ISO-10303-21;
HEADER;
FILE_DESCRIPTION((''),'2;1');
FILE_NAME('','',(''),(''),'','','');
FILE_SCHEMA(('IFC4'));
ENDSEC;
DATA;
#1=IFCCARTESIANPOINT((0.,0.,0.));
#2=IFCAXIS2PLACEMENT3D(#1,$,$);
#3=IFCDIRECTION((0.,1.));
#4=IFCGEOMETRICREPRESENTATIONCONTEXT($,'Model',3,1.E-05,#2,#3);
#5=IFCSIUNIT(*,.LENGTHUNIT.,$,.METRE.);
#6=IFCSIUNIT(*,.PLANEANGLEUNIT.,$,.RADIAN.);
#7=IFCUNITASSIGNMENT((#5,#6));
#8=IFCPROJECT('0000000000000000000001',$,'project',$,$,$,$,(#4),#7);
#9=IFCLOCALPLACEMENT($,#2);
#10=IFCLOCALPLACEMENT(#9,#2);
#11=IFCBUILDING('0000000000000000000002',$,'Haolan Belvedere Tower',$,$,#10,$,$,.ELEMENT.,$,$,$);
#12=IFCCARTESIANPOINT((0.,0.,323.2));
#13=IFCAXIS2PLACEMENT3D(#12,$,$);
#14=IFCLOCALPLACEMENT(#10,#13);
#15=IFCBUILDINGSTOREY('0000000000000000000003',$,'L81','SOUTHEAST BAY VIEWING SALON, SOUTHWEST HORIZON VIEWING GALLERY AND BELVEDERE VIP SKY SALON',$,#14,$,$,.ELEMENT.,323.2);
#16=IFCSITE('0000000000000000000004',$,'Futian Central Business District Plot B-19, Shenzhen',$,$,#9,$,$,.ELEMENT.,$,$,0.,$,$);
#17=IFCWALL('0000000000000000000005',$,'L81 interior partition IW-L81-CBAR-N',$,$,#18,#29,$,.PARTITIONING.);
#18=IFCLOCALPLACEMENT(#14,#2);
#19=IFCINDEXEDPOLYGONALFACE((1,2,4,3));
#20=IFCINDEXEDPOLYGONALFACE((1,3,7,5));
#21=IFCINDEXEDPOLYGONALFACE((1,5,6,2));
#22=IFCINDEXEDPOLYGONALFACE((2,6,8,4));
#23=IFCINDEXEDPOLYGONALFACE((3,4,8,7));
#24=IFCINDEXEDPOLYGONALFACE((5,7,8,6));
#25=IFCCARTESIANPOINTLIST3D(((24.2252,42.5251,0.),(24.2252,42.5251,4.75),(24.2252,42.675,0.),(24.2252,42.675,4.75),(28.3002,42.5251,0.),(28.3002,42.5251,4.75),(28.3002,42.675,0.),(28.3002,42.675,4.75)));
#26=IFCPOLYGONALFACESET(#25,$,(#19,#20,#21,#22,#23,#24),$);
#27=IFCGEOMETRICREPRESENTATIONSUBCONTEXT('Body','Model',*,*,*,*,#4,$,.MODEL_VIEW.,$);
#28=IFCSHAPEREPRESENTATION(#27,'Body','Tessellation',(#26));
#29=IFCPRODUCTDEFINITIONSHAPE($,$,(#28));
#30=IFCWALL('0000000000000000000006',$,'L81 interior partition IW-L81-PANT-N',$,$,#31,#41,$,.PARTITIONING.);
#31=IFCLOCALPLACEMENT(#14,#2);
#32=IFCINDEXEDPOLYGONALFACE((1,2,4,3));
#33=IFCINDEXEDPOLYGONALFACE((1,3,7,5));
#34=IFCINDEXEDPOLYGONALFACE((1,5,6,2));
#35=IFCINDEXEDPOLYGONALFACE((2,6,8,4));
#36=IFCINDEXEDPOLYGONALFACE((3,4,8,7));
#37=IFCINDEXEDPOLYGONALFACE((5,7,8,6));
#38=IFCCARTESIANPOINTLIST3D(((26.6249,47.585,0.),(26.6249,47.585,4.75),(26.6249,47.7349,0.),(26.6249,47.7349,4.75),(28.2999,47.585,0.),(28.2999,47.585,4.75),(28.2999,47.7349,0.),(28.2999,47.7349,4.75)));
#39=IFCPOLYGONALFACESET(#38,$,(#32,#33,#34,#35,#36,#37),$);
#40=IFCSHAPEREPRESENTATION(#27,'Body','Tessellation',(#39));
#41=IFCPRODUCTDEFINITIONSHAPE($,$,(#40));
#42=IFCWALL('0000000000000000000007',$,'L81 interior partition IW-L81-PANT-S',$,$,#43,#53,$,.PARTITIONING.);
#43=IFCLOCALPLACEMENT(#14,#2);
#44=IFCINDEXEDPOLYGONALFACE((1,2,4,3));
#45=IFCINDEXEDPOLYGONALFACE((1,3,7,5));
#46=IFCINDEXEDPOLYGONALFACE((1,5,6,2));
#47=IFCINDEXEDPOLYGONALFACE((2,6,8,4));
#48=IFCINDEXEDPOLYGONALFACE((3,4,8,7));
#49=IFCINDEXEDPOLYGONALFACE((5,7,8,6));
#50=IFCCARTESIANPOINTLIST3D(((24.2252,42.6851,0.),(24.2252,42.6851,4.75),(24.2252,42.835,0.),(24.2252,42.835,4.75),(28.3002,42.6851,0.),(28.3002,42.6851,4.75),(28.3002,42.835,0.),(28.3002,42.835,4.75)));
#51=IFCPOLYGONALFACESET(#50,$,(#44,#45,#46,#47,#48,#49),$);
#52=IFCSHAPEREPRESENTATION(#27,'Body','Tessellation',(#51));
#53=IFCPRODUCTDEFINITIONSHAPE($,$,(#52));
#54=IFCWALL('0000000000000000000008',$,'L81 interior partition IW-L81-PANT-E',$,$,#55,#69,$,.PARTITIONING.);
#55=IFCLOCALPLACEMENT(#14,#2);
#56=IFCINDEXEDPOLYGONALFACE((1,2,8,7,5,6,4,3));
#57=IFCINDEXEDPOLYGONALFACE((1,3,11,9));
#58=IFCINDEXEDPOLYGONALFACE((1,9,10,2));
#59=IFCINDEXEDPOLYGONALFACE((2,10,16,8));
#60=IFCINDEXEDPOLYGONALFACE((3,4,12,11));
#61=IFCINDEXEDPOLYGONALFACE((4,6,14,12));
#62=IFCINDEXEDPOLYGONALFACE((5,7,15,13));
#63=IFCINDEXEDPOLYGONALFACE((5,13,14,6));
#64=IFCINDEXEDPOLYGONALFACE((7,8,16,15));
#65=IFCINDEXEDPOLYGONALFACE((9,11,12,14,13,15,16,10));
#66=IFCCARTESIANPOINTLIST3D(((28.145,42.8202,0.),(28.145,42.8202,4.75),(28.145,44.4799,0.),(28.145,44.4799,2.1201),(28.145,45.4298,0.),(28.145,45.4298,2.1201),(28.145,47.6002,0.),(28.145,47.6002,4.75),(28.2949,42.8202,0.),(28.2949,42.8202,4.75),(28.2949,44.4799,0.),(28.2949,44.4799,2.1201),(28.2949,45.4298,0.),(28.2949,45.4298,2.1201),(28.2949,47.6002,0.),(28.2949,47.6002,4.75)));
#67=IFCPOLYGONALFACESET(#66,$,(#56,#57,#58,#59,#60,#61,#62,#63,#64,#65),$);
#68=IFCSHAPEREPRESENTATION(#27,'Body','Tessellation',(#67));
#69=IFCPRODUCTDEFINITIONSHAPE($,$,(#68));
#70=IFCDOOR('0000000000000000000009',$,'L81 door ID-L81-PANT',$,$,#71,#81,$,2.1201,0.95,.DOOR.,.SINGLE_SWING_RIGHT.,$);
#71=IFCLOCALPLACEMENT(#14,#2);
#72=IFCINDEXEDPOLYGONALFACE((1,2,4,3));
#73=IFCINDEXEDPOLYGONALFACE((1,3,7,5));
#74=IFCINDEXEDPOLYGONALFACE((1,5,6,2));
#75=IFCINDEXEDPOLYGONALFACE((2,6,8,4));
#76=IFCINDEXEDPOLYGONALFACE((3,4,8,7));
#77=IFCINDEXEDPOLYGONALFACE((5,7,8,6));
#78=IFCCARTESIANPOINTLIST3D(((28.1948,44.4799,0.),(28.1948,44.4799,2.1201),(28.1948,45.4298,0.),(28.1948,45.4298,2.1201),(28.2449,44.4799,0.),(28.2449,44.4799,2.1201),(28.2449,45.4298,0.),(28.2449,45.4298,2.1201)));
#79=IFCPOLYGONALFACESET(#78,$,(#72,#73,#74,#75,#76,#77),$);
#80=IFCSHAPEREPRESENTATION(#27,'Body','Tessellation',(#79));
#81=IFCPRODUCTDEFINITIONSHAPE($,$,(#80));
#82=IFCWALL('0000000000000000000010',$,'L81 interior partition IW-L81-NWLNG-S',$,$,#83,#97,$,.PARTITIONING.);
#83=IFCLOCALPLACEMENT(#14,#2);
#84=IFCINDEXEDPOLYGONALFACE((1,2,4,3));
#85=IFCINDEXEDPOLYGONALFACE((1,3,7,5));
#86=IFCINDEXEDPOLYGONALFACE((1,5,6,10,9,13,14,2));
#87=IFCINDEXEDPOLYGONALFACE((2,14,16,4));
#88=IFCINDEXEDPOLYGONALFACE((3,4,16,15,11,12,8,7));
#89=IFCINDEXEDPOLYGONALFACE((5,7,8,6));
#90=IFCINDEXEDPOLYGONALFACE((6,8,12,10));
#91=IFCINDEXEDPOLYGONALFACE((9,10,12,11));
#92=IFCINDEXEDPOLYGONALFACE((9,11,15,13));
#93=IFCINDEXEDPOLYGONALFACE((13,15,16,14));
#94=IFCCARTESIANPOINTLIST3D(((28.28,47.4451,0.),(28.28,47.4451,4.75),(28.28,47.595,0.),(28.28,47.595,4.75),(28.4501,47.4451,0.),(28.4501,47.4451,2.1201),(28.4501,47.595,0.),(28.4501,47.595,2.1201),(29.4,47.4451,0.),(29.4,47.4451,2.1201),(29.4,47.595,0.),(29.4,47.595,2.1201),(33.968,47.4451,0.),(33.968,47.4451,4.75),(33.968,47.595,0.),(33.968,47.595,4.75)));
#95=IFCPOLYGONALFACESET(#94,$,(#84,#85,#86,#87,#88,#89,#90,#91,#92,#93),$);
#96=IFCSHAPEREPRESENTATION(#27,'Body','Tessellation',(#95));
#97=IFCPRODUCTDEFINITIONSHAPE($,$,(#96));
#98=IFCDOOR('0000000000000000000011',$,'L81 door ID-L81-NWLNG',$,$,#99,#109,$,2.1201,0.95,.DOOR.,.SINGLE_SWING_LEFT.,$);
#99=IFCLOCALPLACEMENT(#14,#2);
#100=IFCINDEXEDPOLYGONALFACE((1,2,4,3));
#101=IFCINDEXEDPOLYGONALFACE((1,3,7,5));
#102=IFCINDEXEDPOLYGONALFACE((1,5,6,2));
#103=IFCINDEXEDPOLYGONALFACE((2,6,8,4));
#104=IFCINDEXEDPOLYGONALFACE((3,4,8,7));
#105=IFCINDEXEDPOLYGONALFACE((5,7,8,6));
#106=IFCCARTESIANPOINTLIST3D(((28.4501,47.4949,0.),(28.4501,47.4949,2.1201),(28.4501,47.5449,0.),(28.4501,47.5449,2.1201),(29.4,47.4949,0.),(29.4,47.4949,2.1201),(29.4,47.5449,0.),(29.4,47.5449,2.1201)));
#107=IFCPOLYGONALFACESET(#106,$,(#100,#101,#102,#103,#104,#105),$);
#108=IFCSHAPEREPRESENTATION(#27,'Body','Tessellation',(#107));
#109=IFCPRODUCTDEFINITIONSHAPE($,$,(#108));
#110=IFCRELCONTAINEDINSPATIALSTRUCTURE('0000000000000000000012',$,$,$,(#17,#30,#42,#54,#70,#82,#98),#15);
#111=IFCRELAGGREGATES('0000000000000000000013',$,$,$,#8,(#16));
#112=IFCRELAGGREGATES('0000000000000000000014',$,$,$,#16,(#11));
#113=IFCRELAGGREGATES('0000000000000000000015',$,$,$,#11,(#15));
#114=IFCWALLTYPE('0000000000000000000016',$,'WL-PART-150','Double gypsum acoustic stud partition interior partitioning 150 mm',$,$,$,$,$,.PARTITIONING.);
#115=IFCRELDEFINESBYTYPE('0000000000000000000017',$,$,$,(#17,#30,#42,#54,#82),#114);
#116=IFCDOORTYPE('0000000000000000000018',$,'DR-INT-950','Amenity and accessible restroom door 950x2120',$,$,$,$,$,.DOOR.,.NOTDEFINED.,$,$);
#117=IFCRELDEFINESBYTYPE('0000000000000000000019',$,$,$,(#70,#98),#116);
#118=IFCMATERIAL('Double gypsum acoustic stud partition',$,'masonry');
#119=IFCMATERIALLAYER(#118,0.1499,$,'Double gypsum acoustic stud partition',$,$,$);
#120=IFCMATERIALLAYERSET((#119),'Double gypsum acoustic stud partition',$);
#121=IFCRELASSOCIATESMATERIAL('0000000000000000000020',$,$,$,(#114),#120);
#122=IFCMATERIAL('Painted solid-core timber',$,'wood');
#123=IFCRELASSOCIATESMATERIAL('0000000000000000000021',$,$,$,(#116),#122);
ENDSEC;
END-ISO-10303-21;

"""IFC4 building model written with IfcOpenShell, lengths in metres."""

from ifc_helpers import new_model, si_unit, direction, frame, frame_2d, origin, place, context, subcontext, project, spatial, rectangle, extrude, material, layer, layer_set, type_object, element, fill, save


model = new_model("IFC4")

# Units and contexts
model_context = context("Model", 3, precision=1e-05, world=origin(), true_north=direction((0.0, 1.0)))
body_context = subcontext(model_context, "Body", "Model", "MODEL_VIEW")
ifc_project = project(units=[si_unit("LENGTHUNIT", "METRE"), si_unit("PLANEANGLEUNIT", "RADIAN")], contexts=[model_context])

# Site, building, storey
site_placement = place(None, origin())
site = spatial("IfcSite", under=ifc_project, at=site_placement, Name="Futian Central Business District Plot B-19, Shenzhen", CompositionType="ELEMENT", RefElevation=0.0)
building_placement = place(site_placement, origin())
building = spatial("IfcBuilding", under=site, at=building_placement, Name="Haolan Belvedere Tower", CompositionType="ELEMENT")
storey_placement = place(building_placement, frame((0.0, 0.0, 323.2)))
storey = spatial("IfcBuildingStorey", under=building, at=storey_placement, Name="L81", Description="SOUTHEAST BAY VIEWING SALON, SOUTHWEST HORIZON VIEWING GALLERY AND BELVEDERE VIP SKY SALON", CompositionType="ELEMENT", Elevation=323.2)

# Walls
ifc_material_1 = material(Name="Double gypsum acoustic stud partition", Category="masonry")
ifc_layer_1 = layer(ifc_material_1, 0.1499, Name="Double gypsum acoustic stud partition")
ifc_layer_set_1 = layer_set([ifc_layer_1], Name="Double gypsum acoustic stud partition")
wall_type_1 = type_object("IfcWallType", Name="WL-PART-150", Description="Double gypsum acoustic stud partition interior partitioning 150 mm", PredefinedType="PARTITIONING", material=ifc_layer_set_1)
wall_1_placement = place(storey_placement, frame((24.2251, 42.6001, 0.0), z_axis=(0.0, 0.0, 1.0), x_axis=(1.0, 0.0, 0.0)))
element("IfcWall", 1, at=wall_1_placement, inside=storey, type_object=wall_type_1, Name="L81 interior partition IW-L81-CBAR-N", PredefinedType="PARTITIONING", context=body_context, shape_type="SweptSolid", body=[
    extrude(rectangle(XDim=4.075, YDim=0.1499, at=frame_2d((2.0376, 0.0))), origin(), (0.0, 0.0, 1.0), 4.75),
])
wall_2_placement = place(storey_placement, frame((26.625, 47.6599, 0.0), z_axis=(0.0, 0.0, 1.0), x_axis=(1.0, 0.0, 0.0)))
element("IfcWall", 2, at=wall_2_placement, inside=storey, type_object=wall_type_1, Name="L81 interior partition IW-L81-PANT-N", PredefinedType="PARTITIONING", context=body_context, shape_type="SweptSolid", body=[
    extrude(rectangle(XDim=1.675, YDim=0.1499, at=frame_2d((0.8374, 0.0))), origin(), (0.0, 0.0, 1.0), 4.75),
])
wall_3_placement = place(storey_placement, frame((24.2251, 42.76, 0.0), z_axis=(0.0, 0.0, 1.0), x_axis=(1.0, 0.0, 0.0)))
element("IfcWall", 3, at=wall_3_placement, inside=storey, type_object=wall_type_1, Name="L81 interior partition IW-L81-PANT-S", PredefinedType="PARTITIONING", context=body_context, shape_type="SweptSolid", body=[
    extrude(rectangle(XDim=4.075, YDim=0.1499, at=frame_2d((2.0376, 0.0))), origin(), (0.0, 0.0, 1.0), 4.75),
])

# Walls, openings, doors
wall_4_placement = place(storey_placement, frame((28.22, 42.8201, 0.0), z_axis=(0.0, 0.0, 1.0), x_axis=(0.0, 1.0, 0.0)))
wall_4 = element("IfcWall", 4, at=wall_4_placement, inside=storey, type_object=wall_type_1, Name="L81 interior partition IW-L81-PANT-E", PredefinedType="PARTITIONING", context=body_context, shape_type="SweptSolid", body=[
    extrude(rectangle(XDim=4.78, YDim=0.1499, at=frame_2d((2.3901, 0.0))), origin(), (0.0, 0.0, 1.0), 4.75),
])
opening_1_placement = place(wall_4_placement, frame((2.6099, 0.0, 0.0), z_axis=(0.0, 0.0, 1.0), x_axis=(-1.0, 0.0, 0.0)))
opening_1 = element("IfcOpeningElement", 5, at=opening_1_placement, cuts=wall_4, PredefinedType="OPENING", context=body_context, shape_type="SweptSolid", body=[
    extrude(rectangle(XDim=0.95, YDim=2.1201, at=frame_2d((0.4751, 1.0601))), frame((0.0, 0.085, 0.0), z_axis=(0.0, -1.0, 0.0), x_axis=(1.0, 0.0, 0.0)), (0.0, 0.0, 1.0), 0.1699),
])
ifc_material_2 = material(Name="Painted solid-core timber", Category="wood")
door_type_1 = type_object("IfcDoorType", Name="DR-INT-950", Description="Amenity and accessible restroom door 950x2120", OperationType="NOTDEFINED", PredefinedType="DOOR", material=ifc_material_2)
door_1_placement = place(opening_1_placement, origin())
door_1 = element("IfcDoor", 6, at=door_1_placement, inside=storey, type_object=door_type_1, Name="L81 door ID-L81-PANT", OperationType="SINGLE_SWING_RIGHT", OverallHeight=2.1201, OverallWidth=0.95, PredefinedType="DOOR", context=body_context, shape_type="SweptSolid", body=[
    extrude(rectangle(XDim=0.95, YDim=2.1201, at=frame_2d((0.4751, 1.0601))), frame((0.0, 0.0249, 0.0), z_axis=(0.0, -1.0, 0.0), x_axis=(1.0, 0.0, 0.0)), (0.0, 0.0, 1.0), 0.05),
])
fill(opening_1, door_1)
wall_5_placement = place(storey_placement, frame((28.28, 47.52, 0.0), z_axis=(0.0, 0.0, 1.0), x_axis=(1.0, 0.0, 0.0)))
wall_5 = element("IfcWall", 7, at=wall_5_placement, inside=storey, type_object=wall_type_1, Name="L81 interior partition IW-L81-NWLNG-S", PredefinedType="PARTITIONING", context=body_context, shape_type="SweptSolid", body=[
    extrude(rectangle(XDim=5.688, YDim=0.1499, at=frame_2d((2.844, 0.0))), origin(), (0.0, 0.0, 1.0), 4.75),
])
opening_2_placement = place(wall_5_placement, frame((0.1699, 0.0, 0.0)))
opening_2 = element("IfcOpeningElement", 8, at=opening_2_placement, cuts=wall_5, PredefinedType="OPENING", context=body_context, shape_type="SweptSolid", body=[
    extrude(rectangle(XDim=0.95, YDim=2.1201, at=frame_2d((0.4751, 1.0601))), frame((0.0, 0.085, 0.0), z_axis=(0.0, -1.0, 0.0), x_axis=(1.0, 0.0, 0.0)), (0.0, 0.0, 1.0), 0.1699),
])
door_2_placement = place(opening_2_placement, origin())
door_2 = element("IfcDoor", 9, at=door_2_placement, inside=storey, type_object=door_type_1, Name="L81 door ID-L81-NWLNG", OperationType="SINGLE_SWING_LEFT", OverallHeight=2.1201, OverallWidth=0.95, PredefinedType="DOOR", context=body_context, shape_type="SweptSolid", body=[
    extrude(rectangle(XDim=0.95, YDim=2.1201, at=frame_2d((0.4751, 1.0601))), frame((0.0, 0.0249, 0.0), z_axis=(0.0, -1.0, 0.0), x_axis=(1.0, 0.0, 0.0)), (0.0, 0.0, 1.0), 0.05),
])
fill(opening_2, door_2)

save(model, "model.ifc")
